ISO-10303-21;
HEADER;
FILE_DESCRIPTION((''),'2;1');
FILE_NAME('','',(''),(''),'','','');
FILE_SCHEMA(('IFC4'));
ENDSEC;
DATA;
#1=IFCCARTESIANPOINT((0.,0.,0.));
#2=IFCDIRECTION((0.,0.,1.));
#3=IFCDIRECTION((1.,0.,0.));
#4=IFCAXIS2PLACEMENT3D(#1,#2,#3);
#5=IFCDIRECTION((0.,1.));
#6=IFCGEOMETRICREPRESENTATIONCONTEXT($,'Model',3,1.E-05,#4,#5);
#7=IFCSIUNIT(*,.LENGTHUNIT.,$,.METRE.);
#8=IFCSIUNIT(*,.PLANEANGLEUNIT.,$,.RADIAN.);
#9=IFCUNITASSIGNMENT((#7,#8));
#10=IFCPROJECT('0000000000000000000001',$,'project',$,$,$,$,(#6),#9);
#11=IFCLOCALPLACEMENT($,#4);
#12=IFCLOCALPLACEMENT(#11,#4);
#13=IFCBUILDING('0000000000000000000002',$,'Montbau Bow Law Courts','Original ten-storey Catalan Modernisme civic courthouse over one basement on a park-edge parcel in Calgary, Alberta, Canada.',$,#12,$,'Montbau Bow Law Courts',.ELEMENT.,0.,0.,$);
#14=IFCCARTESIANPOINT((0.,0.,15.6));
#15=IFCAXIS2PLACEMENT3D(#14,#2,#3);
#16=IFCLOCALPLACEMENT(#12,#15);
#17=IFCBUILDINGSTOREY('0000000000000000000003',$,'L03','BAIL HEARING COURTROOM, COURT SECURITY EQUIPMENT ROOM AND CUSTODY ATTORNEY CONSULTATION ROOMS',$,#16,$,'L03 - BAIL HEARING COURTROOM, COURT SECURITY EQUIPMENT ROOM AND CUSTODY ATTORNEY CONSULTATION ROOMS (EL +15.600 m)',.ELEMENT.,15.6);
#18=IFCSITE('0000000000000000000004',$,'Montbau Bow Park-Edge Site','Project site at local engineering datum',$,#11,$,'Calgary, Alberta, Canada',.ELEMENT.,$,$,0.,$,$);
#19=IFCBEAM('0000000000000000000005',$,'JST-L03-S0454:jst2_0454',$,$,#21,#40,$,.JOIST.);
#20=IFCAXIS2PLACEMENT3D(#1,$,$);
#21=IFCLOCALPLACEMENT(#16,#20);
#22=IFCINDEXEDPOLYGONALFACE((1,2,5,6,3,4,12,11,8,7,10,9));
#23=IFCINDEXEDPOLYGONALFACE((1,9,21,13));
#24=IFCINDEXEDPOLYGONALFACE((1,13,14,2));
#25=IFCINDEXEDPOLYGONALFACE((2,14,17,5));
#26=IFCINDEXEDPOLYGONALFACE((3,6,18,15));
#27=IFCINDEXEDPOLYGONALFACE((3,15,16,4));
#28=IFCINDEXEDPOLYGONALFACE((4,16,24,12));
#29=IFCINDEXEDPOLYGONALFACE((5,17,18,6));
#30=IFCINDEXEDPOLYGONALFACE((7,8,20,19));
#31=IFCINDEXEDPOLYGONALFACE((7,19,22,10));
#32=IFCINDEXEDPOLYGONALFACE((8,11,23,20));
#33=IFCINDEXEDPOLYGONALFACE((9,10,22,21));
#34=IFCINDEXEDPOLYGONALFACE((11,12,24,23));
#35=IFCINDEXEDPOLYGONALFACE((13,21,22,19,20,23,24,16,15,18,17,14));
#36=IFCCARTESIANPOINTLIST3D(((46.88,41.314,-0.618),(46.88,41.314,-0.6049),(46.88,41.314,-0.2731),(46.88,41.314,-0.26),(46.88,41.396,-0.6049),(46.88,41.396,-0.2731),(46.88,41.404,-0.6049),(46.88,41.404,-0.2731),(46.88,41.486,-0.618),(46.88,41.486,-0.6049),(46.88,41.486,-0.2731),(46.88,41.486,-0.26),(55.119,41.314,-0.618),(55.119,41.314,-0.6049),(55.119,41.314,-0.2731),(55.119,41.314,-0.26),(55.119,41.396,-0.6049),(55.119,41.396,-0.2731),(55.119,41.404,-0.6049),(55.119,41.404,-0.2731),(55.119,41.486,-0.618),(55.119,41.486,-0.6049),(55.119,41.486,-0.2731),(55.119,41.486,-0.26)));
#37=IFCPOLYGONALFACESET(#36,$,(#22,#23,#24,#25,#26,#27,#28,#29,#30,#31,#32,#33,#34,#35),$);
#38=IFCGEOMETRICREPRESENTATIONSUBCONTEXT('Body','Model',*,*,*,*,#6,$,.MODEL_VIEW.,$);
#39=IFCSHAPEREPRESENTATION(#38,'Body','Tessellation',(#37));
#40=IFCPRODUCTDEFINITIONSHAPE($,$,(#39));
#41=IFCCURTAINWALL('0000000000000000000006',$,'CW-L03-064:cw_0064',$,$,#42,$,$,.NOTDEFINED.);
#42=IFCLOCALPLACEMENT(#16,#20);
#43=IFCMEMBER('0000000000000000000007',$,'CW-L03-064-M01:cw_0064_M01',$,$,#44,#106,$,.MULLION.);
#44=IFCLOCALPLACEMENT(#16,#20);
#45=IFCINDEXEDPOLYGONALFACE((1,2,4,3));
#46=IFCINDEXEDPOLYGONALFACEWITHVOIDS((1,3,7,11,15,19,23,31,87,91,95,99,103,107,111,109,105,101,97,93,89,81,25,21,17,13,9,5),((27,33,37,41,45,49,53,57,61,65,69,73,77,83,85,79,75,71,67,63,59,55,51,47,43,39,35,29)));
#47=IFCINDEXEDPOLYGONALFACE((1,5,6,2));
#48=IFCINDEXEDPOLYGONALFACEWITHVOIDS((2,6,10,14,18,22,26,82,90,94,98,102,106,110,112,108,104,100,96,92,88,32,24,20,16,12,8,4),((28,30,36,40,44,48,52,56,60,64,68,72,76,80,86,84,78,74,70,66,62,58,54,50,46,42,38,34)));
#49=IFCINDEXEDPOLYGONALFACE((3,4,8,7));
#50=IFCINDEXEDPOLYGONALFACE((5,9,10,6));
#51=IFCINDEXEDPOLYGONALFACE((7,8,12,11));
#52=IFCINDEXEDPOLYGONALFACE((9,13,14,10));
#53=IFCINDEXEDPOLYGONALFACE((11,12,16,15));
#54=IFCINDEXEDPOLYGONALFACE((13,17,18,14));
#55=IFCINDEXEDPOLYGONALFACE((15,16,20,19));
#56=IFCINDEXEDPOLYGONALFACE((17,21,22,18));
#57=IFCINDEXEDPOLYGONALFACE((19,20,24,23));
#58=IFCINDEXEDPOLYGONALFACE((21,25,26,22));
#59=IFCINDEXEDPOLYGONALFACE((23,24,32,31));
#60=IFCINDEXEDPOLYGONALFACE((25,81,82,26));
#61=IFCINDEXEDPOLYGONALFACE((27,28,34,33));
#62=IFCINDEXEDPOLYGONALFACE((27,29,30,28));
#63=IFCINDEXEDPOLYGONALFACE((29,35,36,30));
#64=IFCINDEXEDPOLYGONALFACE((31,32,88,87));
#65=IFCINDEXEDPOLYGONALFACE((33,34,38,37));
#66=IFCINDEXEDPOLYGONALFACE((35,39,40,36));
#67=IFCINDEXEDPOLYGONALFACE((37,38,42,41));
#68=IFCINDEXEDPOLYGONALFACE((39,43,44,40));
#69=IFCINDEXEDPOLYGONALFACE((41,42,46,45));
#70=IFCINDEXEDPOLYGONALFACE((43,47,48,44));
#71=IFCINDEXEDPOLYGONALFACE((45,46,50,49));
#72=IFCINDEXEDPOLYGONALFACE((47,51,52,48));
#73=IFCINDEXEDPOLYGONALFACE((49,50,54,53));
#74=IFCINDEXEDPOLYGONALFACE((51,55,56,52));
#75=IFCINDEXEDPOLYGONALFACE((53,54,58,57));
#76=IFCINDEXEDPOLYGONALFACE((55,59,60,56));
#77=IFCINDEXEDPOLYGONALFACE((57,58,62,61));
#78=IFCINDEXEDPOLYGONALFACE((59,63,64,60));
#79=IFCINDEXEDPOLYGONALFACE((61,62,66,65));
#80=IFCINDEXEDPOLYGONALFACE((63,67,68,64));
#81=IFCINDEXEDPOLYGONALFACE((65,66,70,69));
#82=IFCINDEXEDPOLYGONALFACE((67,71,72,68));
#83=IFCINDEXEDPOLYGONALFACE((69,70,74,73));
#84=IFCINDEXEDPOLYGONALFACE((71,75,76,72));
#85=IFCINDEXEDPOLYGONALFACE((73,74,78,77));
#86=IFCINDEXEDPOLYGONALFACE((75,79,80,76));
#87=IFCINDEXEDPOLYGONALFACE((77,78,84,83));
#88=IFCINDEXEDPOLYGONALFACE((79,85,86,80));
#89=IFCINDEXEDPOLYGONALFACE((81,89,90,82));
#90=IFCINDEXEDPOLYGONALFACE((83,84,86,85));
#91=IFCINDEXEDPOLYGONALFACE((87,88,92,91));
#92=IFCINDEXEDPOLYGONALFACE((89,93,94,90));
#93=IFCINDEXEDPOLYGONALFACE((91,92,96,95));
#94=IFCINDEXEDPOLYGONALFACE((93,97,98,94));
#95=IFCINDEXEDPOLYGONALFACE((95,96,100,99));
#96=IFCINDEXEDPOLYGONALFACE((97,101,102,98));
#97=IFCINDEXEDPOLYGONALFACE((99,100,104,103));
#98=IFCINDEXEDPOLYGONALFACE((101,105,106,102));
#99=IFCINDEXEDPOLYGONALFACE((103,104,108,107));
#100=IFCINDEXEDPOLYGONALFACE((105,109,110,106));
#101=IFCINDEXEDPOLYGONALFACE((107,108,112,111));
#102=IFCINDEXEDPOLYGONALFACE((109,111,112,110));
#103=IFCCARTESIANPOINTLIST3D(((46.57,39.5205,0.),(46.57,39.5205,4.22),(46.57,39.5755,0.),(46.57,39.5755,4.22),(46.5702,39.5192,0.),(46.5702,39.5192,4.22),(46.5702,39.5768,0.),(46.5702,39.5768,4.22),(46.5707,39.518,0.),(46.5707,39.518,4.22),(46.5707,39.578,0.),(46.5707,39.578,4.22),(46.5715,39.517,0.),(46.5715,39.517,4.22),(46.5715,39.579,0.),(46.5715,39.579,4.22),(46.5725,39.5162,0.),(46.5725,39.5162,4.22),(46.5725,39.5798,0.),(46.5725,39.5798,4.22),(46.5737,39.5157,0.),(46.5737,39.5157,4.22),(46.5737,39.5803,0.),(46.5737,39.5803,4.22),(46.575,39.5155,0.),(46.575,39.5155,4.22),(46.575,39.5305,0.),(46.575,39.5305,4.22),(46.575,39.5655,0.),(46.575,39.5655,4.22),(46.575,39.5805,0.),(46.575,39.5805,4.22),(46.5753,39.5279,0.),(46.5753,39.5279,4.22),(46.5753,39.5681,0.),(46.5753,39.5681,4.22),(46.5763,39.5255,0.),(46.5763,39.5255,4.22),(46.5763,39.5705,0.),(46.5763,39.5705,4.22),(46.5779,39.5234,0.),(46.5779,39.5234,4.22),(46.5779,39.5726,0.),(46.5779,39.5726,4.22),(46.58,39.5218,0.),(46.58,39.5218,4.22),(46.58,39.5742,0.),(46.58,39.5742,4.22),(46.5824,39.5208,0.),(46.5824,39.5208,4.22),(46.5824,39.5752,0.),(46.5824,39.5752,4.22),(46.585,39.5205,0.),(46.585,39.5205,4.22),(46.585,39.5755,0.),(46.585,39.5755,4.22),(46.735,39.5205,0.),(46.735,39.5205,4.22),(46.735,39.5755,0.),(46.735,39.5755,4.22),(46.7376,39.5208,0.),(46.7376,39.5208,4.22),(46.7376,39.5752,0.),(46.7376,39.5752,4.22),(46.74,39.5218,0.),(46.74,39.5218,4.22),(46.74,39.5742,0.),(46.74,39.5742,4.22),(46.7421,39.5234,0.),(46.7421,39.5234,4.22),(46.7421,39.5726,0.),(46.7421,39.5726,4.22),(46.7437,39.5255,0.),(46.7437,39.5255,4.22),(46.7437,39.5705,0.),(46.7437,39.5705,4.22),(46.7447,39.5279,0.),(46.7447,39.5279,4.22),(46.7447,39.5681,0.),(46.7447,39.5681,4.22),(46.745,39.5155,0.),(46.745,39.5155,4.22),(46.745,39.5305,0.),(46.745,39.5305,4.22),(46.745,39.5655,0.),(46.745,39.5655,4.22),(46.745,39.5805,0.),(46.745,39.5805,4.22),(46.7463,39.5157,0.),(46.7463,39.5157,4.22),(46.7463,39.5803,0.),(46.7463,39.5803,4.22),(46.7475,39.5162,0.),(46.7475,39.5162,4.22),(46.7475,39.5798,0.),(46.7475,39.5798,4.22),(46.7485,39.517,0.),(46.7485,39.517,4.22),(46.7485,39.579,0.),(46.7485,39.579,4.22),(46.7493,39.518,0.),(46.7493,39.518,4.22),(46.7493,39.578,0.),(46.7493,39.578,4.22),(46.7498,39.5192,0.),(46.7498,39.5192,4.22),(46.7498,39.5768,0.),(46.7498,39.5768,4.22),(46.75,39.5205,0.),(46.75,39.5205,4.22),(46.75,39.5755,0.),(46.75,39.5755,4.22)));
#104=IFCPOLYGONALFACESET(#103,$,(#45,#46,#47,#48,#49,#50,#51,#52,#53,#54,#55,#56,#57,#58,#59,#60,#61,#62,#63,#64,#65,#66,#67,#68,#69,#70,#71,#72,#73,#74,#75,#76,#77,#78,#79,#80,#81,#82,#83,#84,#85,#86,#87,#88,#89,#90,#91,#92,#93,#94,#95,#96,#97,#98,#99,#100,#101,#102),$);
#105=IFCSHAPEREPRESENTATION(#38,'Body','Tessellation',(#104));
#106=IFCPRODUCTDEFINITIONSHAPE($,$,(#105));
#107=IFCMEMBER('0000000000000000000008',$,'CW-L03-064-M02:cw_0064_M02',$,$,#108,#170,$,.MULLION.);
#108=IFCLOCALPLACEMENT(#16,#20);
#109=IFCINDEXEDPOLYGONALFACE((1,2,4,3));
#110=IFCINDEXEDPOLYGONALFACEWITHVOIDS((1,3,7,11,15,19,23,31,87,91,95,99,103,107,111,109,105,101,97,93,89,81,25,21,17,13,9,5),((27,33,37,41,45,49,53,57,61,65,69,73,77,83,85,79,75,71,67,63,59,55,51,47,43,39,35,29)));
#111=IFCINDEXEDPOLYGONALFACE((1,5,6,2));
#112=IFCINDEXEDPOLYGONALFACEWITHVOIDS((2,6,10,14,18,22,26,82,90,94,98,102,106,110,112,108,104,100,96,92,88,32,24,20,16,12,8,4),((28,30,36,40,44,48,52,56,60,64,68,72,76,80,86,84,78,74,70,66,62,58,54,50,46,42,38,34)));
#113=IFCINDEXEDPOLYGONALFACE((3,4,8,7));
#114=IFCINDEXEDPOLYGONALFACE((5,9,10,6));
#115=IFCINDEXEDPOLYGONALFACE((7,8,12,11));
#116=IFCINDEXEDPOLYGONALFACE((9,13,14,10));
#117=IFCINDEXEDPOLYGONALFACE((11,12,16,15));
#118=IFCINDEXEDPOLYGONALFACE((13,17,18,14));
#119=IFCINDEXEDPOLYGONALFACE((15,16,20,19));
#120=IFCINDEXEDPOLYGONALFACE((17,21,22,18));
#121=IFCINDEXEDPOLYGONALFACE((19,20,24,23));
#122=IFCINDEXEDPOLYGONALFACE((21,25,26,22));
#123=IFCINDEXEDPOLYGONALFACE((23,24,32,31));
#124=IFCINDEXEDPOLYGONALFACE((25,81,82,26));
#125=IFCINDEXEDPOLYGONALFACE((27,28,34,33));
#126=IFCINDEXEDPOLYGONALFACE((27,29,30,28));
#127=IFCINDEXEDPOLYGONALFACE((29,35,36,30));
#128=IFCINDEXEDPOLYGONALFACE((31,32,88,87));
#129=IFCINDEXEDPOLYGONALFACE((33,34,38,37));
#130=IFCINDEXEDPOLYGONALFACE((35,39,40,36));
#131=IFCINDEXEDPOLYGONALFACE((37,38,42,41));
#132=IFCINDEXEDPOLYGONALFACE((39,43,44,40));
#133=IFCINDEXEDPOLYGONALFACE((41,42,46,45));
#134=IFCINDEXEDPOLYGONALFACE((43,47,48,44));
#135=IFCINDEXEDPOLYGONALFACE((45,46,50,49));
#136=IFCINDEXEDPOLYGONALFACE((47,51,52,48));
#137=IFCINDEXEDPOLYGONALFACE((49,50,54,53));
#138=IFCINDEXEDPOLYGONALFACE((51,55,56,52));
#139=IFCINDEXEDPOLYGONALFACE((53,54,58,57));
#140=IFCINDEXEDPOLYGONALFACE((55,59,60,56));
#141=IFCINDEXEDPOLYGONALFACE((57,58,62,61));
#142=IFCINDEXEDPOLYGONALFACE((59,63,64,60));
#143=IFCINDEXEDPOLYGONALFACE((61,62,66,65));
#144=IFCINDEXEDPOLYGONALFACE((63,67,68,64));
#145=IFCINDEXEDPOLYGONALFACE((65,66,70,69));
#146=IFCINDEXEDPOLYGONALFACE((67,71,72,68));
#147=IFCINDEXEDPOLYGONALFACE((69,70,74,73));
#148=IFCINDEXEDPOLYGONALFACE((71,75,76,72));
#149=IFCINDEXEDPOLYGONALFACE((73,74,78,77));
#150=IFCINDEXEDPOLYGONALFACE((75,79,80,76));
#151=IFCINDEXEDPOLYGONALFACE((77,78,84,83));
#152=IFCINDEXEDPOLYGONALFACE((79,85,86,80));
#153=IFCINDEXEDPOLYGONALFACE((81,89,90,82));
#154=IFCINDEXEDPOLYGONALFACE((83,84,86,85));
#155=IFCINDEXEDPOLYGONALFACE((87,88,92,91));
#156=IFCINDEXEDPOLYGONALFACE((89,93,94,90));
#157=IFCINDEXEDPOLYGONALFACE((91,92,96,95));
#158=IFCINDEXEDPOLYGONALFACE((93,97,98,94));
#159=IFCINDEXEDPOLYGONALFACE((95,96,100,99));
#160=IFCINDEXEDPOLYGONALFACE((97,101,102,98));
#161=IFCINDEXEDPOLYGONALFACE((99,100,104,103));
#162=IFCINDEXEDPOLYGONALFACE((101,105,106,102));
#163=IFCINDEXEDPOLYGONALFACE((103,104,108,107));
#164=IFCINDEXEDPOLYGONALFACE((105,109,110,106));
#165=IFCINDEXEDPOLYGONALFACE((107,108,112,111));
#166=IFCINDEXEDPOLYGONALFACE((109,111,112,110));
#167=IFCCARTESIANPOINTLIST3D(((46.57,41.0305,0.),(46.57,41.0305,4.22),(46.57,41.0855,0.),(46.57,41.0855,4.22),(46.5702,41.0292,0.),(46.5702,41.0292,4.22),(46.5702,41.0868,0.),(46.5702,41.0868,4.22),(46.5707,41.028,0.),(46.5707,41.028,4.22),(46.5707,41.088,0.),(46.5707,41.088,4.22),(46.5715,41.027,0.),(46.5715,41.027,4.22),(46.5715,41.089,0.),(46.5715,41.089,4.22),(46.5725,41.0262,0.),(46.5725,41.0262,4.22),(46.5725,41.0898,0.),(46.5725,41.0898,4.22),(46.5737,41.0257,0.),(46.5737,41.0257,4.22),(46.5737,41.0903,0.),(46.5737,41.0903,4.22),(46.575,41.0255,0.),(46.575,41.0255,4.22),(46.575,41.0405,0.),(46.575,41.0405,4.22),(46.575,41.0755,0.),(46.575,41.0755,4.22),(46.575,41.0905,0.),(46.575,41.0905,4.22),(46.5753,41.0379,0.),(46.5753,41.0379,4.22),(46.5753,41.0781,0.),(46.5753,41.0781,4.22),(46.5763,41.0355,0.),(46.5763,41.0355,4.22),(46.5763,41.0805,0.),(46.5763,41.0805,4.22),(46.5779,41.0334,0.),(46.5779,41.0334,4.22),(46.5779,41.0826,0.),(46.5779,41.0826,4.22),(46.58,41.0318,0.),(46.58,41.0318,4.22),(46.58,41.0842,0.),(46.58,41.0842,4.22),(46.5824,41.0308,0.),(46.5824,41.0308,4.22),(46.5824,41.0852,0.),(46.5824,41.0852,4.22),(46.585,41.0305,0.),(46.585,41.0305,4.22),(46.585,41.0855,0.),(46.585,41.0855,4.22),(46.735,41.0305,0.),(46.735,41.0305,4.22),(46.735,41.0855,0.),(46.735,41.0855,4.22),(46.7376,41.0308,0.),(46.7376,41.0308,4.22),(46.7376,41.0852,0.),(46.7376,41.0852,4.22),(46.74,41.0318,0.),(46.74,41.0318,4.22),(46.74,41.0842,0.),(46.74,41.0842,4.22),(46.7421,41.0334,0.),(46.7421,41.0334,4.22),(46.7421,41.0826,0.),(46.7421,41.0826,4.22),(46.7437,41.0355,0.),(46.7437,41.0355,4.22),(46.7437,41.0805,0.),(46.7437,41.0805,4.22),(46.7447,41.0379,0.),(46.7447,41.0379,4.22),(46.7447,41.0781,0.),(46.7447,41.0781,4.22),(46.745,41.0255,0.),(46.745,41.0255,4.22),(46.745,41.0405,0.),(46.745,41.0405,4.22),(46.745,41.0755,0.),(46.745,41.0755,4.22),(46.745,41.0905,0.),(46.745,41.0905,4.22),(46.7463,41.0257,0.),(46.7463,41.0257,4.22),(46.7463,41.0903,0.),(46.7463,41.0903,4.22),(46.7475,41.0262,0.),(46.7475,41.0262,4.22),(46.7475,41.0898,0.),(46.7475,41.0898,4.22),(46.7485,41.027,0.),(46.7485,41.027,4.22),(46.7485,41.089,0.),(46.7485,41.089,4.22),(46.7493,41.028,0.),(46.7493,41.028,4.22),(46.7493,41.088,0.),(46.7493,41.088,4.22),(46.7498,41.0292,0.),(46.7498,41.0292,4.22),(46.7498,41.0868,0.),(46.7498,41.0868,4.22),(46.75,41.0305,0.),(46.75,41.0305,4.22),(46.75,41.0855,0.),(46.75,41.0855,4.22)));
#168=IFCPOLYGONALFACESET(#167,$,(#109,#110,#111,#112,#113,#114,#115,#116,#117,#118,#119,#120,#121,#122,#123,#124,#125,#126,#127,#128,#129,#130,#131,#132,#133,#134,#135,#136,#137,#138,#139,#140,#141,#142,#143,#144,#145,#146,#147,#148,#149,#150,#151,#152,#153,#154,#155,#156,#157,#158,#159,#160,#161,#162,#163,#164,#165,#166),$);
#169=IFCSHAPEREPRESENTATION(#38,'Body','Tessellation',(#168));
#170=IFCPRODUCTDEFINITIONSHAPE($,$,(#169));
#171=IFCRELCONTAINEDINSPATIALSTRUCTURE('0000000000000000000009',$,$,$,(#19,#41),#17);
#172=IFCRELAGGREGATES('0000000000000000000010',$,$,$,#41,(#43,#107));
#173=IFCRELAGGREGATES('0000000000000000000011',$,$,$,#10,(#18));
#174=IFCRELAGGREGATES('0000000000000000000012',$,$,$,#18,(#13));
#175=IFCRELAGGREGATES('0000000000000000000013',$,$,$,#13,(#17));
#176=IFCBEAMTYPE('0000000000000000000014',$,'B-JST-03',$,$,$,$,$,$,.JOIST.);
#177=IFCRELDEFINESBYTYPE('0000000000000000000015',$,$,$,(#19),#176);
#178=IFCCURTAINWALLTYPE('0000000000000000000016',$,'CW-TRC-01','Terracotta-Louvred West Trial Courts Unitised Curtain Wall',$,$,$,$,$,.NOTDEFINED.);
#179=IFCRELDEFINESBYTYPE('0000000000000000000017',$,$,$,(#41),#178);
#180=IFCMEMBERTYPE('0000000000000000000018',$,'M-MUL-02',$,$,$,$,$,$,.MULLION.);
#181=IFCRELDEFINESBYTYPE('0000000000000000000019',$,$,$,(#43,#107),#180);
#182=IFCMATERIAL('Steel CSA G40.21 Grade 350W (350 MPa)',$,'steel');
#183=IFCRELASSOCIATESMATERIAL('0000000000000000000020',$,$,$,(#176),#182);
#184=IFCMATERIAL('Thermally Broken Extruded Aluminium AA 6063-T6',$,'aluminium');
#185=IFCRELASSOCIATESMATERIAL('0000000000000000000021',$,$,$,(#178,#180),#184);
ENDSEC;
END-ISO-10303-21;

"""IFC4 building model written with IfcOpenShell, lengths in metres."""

from ifc_helpers import new_model, si_unit, direction, frame, origin_with_axes, origin_2d_with_axis, place, context, subcontext, project, spatial, hollow_rectangle, i_section, extrude, material, material_profile, profile_set, type_object, element, aggregate, save


model = new_model("IFC4")

# Units and contexts
model_context = context("Model", 3, precision=1e-05, world=origin_with_axes(), true_north=direction((0.0, 1.0)))
body_context = subcontext(model_context, "Body", "Model", "MODEL_VIEW")
ifc_project = project(units=[si_unit("LENGTHUNIT", "METRE"), si_unit("PLANEANGLEUNIT", "RADIAN")], contexts=[model_context])

# Site, building, storey
site_placement = place(None, origin_with_axes())
site = spatial("IfcSite", under=ifc_project, at=site_placement, Name="Montbau Bow Park-Edge Site", Description="Project site at local engineering datum", LongName="Calgary, Alberta, Canada", CompositionType="ELEMENT", RefElevation=0.0)
building_placement = place(site_placement, origin_with_axes())
building = spatial("IfcBuilding", under=site, at=building_placement, Name="Montbau Bow Law Courts", Description="Original ten-storey Catalan Modernisme civic courthouse over one basement on a park-edge parcel in Calgary, Alberta, Canada.", LongName="Montbau Bow Law Courts", CompositionType="ELEMENT", ElevationOfRefHeight=0.0, ElevationOfTerrain=0.0)
storey_placement = place(building_placement, frame((0.0, 0.0, 15.6), z_axis=(0.0, 0.0, 1.0), x_axis=(1.0, 0.0, 0.0)))
storey = spatial("IfcBuildingStorey", under=building, at=storey_placement, Name="L03", Description="BAIL HEARING COURTROOM, COURT SECURITY EQUIPMENT ROOM AND CUSTODY ATTORNEY CONSULTATION ROOMS", LongName="L03 - BAIL HEARING COURTROOM, COURT SECURITY EQUIPMENT ROOM AND CUSTODY ATTORNEY CONSULTATION ROOMS (EL +15.600 m)", CompositionType="ELEMENT", Elevation=15.6)

# Beam
ifc_material_1 = material(Name="Steel CSA G40.21 Grade 350W (350 MPa)", Category="steel")
ifc_material_profile_1 = material_profile(ifc_material_1, i_section(OverallWidth=0.172, OverallDepth=0.358, WebThickness=0.0079, FlangeThickness=0.0131, at=origin_2d_with_axis()), Name="W360X57", Category="Main", Priority=0)
ifc_profile_set_1 = profile_set([ifc_material_profile_1], Name="Steel CSA G40.21 Grade 350W (350 MPa)")
beam_type = type_object("IfcBeamType", Name="B-JST-03", PredefinedType="JOIST", material=ifc_profile_set_1)
beam_placement = place(None, frame((46.88, 41.4, 15.161), z_axis=(1.0, 0.0, 0.0), x_axis=(0.0, 1.0, 0.0)))
element("IfcBeam", 1, at=beam_placement, inside=storey, type_object=beam_type, Name="JST-L03-S0454:jst2_0454", PredefinedType="JOIST", context=body_context, shape_type="SweptSolid", body=[
    extrude(i_section(OverallWidth=0.172, OverallDepth=0.358, WebThickness=0.0079, FlangeThickness=0.0131, at=origin_2d_with_axis()), origin_with_axes(), (0.0, 0.0, 1.0), 8.239),
])

# Curtain wall, members
ifc_material_2 = material(Name="Thermally Broken Extruded Aluminium AA 6063-T6", Category="aluminium")
curtain_wall_type_1 = type_object("IfcCurtainWallType", Name="CW-TRC-01", Description="Terracotta-Louvred West Trial Courts Unitised Curtain Wall", PredefinedType="NOTDEFINED", material=ifc_material_2)
curtain_wall_1_placement = place(None, frame((46.66, 39.515, 15.6), z_axis=(0.0, 0.0, 1.0), x_axis=(1.0, 0.0, 0.0)))
curtain_wall_1 = element("IfcCurtainWall", 2, at=curtain_wall_1_placement, inside=storey, type_object=curtain_wall_type_1, Name="CW-L03-064:cw_0064", PredefinedType="NOTDEFINED")
ifc_material_profile_2 = material_profile(ifc_material_2, hollow_rectangle(XDim=0.065, YDim=0.18, WallThickness=0.005, InnerFilletRadius=0.01, OuterFilletRadius=0.005, at=origin_2d_with_axis()), Name="CWM-180X65", Category="Main", Priority=0)
ifc_profile_set_2 = profile_set([ifc_material_profile_2], Name="Thermally Broken Extruded Aluminium AA 6063-T6")
member_type_1 = type_object("IfcMemberType", Name="M-MUL-02", PredefinedType="MULLION", material=ifc_profile_set_2)
member_1_placement = place(None, frame((46.66, 39.548, 15.6), z_axis=(0.0, 0.0, 1.0), x_axis=(0.0, 1.0, 0.0)))
member_1 = element("IfcMember", 3, at=member_1_placement, type_object=member_type_1, Name="CW-L03-064-M01:cw_0064_M01", PredefinedType="MULLION", context=body_context, shape_type="SweptSolid", body=[
    extrude(hollow_rectangle(XDim=0.065, YDim=0.18, WallThickness=0.005, InnerFilletRadius=0.01, OuterFilletRadius=0.005, at=origin_2d_with_axis()), origin_with_axes(), (0.0, 0.0, 1.0), 4.22),
])
member_2_placement = place(None, frame((46.66, 41.058, 15.6), z_axis=(0.0, 0.0, 1.0), x_axis=(0.0, 1.0, 0.0)))
member_2 = element("IfcMember", 4, at=member_2_placement, type_object=member_type_1, Name="CW-L03-064-M02:cw_0064_M02", PredefinedType="MULLION", context=body_context, shape_type="SweptSolid", body=[
    extrude(hollow_rectangle(XDim=0.065, YDim=0.18, WallThickness=0.005, InnerFilletRadius=0.01, OuterFilletRadius=0.005, at=origin_2d_with_axis()), origin_with_axes(), (0.0, 0.0, 1.0), 4.22),
])

aggregate(curtain_wall_1, [member_1, member_2])

save(model, "model.ifc")
